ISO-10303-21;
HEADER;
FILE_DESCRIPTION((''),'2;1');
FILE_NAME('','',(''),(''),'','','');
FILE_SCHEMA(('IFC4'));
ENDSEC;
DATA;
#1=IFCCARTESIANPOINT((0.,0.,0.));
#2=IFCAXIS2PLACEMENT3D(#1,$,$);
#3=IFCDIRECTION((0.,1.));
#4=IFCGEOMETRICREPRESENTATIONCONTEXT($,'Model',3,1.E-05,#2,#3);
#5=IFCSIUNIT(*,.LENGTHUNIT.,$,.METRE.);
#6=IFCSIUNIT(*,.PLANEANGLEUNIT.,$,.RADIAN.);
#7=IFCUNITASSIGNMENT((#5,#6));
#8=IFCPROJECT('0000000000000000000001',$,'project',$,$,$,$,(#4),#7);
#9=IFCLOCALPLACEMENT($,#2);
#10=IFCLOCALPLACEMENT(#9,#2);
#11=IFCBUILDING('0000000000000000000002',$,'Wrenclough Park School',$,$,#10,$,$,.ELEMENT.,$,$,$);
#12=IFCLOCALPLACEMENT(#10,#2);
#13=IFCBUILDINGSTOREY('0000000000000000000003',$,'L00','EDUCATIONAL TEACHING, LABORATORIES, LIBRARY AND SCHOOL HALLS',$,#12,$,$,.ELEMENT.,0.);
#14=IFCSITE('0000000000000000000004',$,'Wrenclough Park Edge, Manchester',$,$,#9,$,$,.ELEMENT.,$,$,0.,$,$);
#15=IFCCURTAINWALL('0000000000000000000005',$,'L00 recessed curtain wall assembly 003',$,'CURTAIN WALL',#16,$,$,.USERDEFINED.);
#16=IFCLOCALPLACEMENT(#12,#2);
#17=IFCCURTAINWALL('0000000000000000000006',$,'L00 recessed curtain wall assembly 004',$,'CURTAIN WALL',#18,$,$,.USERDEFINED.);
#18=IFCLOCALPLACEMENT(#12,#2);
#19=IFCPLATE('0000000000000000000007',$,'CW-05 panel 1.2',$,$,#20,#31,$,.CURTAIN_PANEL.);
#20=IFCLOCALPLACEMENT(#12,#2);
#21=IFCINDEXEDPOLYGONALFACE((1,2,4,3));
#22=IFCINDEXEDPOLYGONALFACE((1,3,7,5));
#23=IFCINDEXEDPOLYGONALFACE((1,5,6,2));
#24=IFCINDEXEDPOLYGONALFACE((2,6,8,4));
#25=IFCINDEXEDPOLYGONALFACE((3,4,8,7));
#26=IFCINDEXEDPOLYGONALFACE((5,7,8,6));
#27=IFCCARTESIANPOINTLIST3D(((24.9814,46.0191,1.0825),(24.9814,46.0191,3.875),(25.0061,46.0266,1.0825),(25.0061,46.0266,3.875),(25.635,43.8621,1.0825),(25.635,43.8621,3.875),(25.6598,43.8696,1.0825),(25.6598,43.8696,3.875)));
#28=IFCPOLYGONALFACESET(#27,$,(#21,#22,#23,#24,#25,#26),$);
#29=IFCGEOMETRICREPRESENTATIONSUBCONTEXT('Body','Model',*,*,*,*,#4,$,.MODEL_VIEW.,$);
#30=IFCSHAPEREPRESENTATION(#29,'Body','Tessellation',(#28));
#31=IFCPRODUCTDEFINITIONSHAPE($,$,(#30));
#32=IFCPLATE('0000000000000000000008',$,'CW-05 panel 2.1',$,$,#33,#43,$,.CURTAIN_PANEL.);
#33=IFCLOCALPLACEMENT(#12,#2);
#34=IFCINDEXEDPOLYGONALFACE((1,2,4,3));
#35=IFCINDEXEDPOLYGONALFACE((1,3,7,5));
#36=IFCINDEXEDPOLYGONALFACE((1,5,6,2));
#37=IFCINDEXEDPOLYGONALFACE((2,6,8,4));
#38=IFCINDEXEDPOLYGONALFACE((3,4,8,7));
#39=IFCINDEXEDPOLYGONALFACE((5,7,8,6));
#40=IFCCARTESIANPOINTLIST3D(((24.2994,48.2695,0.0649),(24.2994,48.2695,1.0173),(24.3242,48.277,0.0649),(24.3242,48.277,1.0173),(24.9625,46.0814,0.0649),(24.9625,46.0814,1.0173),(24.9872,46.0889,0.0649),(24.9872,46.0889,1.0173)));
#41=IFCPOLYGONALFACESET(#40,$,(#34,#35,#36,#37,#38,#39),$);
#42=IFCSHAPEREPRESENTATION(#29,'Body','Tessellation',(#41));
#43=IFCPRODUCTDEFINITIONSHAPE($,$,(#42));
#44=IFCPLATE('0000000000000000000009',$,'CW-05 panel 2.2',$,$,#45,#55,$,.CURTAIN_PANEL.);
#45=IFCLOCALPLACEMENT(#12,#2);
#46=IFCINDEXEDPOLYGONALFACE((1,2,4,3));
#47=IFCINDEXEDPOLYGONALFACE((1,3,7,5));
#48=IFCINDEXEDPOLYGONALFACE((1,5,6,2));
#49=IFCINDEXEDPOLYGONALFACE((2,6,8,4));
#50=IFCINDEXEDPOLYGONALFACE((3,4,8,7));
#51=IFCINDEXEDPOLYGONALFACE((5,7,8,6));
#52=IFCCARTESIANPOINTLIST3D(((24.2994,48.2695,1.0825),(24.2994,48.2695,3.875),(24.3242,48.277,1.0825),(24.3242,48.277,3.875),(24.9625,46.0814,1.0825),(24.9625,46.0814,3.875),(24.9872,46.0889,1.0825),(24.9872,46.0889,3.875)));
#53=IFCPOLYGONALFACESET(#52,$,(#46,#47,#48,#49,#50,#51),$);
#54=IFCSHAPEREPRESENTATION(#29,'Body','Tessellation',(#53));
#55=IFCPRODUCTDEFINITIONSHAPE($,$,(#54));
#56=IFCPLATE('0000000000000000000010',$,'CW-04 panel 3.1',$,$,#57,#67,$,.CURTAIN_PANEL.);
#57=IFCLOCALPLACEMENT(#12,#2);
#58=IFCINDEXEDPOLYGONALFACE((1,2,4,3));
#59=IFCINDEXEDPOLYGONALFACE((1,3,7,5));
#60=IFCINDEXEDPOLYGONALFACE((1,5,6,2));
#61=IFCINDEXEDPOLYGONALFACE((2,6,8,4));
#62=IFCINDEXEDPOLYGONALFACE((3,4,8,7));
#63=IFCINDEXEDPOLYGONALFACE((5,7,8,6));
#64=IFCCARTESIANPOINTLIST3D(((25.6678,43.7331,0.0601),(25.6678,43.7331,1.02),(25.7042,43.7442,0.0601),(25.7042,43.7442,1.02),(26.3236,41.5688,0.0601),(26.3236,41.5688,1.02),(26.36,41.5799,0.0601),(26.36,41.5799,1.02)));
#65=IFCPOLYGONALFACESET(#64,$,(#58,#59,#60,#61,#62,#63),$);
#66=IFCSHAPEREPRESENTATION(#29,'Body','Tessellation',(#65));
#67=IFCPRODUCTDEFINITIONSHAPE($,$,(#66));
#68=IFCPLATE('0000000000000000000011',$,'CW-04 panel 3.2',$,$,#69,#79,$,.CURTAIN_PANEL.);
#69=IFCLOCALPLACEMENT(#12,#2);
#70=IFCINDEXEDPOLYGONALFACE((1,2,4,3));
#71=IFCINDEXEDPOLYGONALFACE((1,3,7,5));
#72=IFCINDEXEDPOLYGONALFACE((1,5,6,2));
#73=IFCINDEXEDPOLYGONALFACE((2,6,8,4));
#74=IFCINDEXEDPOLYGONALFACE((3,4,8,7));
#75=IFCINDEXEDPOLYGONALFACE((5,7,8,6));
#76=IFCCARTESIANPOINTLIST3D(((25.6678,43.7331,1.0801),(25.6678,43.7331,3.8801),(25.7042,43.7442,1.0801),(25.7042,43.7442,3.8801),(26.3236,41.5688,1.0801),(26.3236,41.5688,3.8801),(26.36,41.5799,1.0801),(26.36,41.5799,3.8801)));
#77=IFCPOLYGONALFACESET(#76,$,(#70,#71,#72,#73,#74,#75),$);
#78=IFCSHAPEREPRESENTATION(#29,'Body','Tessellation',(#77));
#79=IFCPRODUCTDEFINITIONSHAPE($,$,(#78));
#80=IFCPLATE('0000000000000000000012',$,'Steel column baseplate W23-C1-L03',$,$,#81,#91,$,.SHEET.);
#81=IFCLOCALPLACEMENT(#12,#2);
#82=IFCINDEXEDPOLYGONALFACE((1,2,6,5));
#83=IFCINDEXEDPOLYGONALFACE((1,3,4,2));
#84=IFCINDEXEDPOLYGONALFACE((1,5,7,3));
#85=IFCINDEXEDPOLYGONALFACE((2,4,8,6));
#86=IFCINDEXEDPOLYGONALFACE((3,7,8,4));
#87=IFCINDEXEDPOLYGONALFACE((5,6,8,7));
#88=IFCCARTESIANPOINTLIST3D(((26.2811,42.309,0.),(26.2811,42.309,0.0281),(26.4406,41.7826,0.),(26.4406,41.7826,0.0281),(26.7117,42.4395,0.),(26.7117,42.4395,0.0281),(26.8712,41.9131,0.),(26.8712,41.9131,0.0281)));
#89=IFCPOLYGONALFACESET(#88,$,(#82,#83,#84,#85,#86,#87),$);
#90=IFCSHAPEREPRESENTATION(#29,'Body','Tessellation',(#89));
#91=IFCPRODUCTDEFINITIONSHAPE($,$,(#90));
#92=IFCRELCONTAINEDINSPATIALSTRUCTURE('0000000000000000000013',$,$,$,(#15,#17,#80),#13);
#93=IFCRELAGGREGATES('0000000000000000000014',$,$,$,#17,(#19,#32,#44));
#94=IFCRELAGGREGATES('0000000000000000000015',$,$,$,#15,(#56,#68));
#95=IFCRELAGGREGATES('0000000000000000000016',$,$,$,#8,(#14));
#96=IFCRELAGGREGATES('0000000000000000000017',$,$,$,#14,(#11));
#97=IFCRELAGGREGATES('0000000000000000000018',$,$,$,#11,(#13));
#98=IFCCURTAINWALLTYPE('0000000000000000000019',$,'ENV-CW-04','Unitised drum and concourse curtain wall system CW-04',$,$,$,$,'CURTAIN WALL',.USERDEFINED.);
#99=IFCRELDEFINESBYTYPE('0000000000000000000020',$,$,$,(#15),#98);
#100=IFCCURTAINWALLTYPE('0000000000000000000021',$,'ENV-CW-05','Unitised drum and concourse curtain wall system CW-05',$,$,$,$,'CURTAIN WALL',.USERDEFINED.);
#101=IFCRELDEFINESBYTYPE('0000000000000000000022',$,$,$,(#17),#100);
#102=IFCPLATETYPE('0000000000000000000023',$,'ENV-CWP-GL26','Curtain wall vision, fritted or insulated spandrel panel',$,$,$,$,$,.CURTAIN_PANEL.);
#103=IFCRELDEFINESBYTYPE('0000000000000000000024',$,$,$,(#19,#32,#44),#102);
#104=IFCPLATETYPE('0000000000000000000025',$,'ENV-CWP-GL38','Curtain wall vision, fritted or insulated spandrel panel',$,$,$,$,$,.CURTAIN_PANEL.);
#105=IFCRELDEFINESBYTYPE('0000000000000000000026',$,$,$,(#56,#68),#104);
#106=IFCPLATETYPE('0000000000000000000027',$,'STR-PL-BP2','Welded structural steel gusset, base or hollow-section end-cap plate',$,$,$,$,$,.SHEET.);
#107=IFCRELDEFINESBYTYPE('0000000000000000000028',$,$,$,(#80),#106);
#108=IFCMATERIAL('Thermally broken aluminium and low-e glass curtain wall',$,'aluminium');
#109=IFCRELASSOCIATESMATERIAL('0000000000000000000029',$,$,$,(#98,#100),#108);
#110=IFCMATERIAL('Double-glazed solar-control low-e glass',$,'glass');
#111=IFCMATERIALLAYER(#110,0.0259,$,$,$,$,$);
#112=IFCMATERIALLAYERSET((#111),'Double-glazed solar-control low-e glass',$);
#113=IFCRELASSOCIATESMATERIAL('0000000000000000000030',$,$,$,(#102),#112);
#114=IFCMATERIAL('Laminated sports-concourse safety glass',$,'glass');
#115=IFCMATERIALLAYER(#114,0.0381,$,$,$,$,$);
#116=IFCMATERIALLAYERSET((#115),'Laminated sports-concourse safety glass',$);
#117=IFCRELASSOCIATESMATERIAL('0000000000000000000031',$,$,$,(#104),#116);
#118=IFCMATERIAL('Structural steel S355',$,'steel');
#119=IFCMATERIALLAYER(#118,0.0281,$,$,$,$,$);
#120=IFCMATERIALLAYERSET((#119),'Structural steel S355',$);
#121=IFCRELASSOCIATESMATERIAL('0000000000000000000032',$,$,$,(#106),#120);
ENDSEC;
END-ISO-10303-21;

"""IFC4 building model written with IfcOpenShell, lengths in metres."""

from ifc_helpers import new_model, si_unit, direction, frame, origin, origin_2d, place, context, subcontext, project, spatial, rectangle, extrude, material, layer, layer_set, type_object, element, aggregate, save


model = new_model("IFC4")

# Units and contexts
model_context = context("Model", 3, precision=1e-05, world=origin(), true_north=direction((0.0, 1.0)))
body_context = subcontext(model_context, "Body", "Model", "MODEL_VIEW")
ifc_project = project(units=[si_unit("LENGTHUNIT", "METRE"), si_unit("PLANEANGLEUNIT", "RADIAN")], contexts=[model_context])

# Site, building, storey
site_placement = place(None, origin())
site = spatial("IfcSite", under=ifc_project, at=site_placement, Name="Wrenclough Park Edge, Manchester", CompositionType="ELEMENT", RefElevation=0.0)
building_placement = place(site_placement, origin())
building = spatial("IfcBuilding", under=site, at=building_placement, Name="Wrenclough Park School", CompositionType="ELEMENT")
storey_placement = place(building_placement, origin())
storey = spatial("IfcBuildingStorey", under=building, at=storey_placement, Name="L00", Description="EDUCATIONAL TEACHING, LABORATORIES, LIBRARY AND SCHOOL HALLS", CompositionType="ELEMENT", Elevation=0.0)

# Shared definitions
ifc_material_1 = material(Name="Structural steel S355", Category="steel")

# Curtain wall
ifc_material_2 = material(Name="Thermally broken aluminium and low-e glass curtain wall", Category="aluminium")
curtain_wall_type_1 = type_object("IfcCurtainWallType", Name="ENV-CW-04", Description="Unitised drum and concourse curtain wall system CW-04", ElementType="CURTAIN WALL", PredefinedType="USERDEFINED", material=ifc_material_2)
curtain_wall_1_placement = place(storey_placement, origin())
curtain_wall_1 = element("IfcCurtainWall", 1, at=curtain_wall_1_placement, inside=storey, type_object=curtain_wall_type_1, Name="L00 recessed curtain wall assembly 003", ObjectType="CURTAIN WALL", PredefinedType="USERDEFINED")

# Curtain wall
curtain_wall_type_2 = type_object("IfcCurtainWallType", Name="ENV-CW-05", Description="Unitised drum and concourse curtain wall system CW-05", ElementType="CURTAIN WALL", PredefinedType="USERDEFINED", material=ifc_material_2)
curtain_wall_2_placement = place(storey_placement, origin())
curtain_wall_2 = element("IfcCurtainWall", 2, at=curtain_wall_2_placement, inside=storey, type_object=curtain_wall_type_2, Name="L00 recessed curtain wall assembly 004", ObjectType="CURTAIN WALL", PredefinedType="USERDEFINED")

# Plates
ifc_material_3 = material(Name="Double-glazed solar-control low-e glass", Category="glass")
ifc_layer_1 = layer(ifc_material_3, 0.0259)
ifc_layer_set_1 = layer_set([ifc_layer_1], Name="Double-glazed solar-control low-e glass")
plate_type_1 = type_object("IfcPlateType", Name="ENV-CWP-GL26", Description="Curtain wall vision, fritted or insulated spandrel panel", PredefinedType="CURTAIN_PANEL", material=ifc_layer_set_1)
plate_1_placement = place(storey_placement, frame((25.3206, 44.9443, 1.0825), z_axis=(0.0, 0.0, 1.0), x_axis=(-0.290001, 0.957026, 0.0)))
plate_1 = element("IfcPlate", 3, at=plate_1_placement, type_object=plate_type_1, Name="CW-05 panel 1.2", PredefinedType="CURTAIN_PANEL", context=body_context, shape_type="SweptSolid", body=[
    extrude(rectangle(XDim=2.2539, YDim=0.0259, at=origin_2d()), origin(), (0.0, 0.0, 1.0), 2.7925),
])
plate_2_placement = place(storey_placement, frame((24.6433, 47.1792, 0.0649), z_axis=(0.0, 0.0, 1.0), x_axis=(-0.290001, 0.957026, 0.0)))
plate_2 = element("IfcPlate", 4, at=plate_2_placement, type_object=plate_type_1, Name="CW-05 panel 2.1", PredefinedType="CURTAIN_PANEL", context=body_context, shape_type="SweptSolid", body=[
    extrude(rectangle(XDim=2.2864, YDim=0.0259, at=origin_2d()), origin(), (0.0, 0.0, 1.0), 0.9524),
])
plate_3_placement = place(storey_placement, frame((24.6433, 47.1792, 1.0825), z_axis=(0.0, 0.0, 1.0), x_axis=(-0.290001, 0.957026, 0.0)))
plate_3 = element("IfcPlate", 5, at=plate_3_placement, type_object=plate_type_1, Name="CW-05 panel 2.2", PredefinedType="CURTAIN_PANEL", context=body_context, shape_type="SweptSolid", body=[
    extrude(rectangle(XDim=2.2864, YDim=0.0259, at=origin_2d()), origin(), (0.0, 0.0, 1.0), 2.7925),
])
aggregate(curtain_wall_2, [plate_1, plate_2, plate_3])
ifc_material_4 = material(Name="Laminated sports-concourse safety glass", Category="glass")
ifc_layer_2 = layer(ifc_material_4, 0.0381)
ifc_layer_set_2 = layer_set([ifc_layer_2], Name="Laminated sports-concourse safety glass")
plate_type_2 = type_object("IfcPlateType", Name="ENV-CWP-GL38", Description="Curtain wall vision, fritted or insulated spandrel panel", PredefinedType="CURTAIN_PANEL", material=ifc_layer_set_2)
plate_4_placement = place(storey_placement, frame((26.0139, 42.6565, 0.0601), z_axis=(0.0, 0.0, 1.0), x_axis=(-0.289988, 0.95703, 0.0)))
plate_4 = element("IfcPlate", 6, at=plate_4_placement, type_object=plate_type_2, Name="CW-04 panel 3.1", PredefinedType="CURTAIN_PANEL", context=body_context, shape_type="SweptSolid", body=[
    extrude(rectangle(XDim=2.2615, YDim=0.0381, at=origin_2d()), origin(), (0.0, 0.0, 1.0), 0.96),
])
plate_5_placement = place(storey_placement, frame((26.0139, 42.6565, 1.0801), z_axis=(0.0, 0.0, 1.0), x_axis=(-0.289988, 0.95703, 0.0)))
plate_5 = element("IfcPlate", 7, at=plate_5_placement, type_object=plate_type_2, Name="CW-04 panel 3.2", PredefinedType="CURTAIN_PANEL", context=body_context, shape_type="SweptSolid", body=[
    extrude(rectangle(XDim=2.2615, YDim=0.0381, at=origin_2d()), origin(), (0.0, 0.0, 1.0), 2.8),
])
aggregate(curtain_wall_1, [plate_4, plate_5])
ifc_layer_3 = layer(ifc_material_1, 0.0281)
ifc_layer_set_3 = layer_set([ifc_layer_3], Name="Structural steel S355")
plate_type_3 = type_object("IfcPlateType", Name="STR-PL-BP2", Description="Welded structural steel gusset, base or hollow-section end-cap plate", PredefinedType="SHEET", material=ifc_layer_set_3)
plate_6_placement = place(storey_placement, frame((26.5762, 42.1111, 0.0), z_axis=(0.0, 0.0, 1.0), x_axis=(-0.290034, 0.957016, 0.0)))
element("IfcPlate", 8, at=plate_6_placement, inside=storey, type_object=plate_type_3, Name="Steel column baseplate W23-C1-L03", PredefinedType="SHEET", context=body_context, shape_type="SweptSolid", body=[
    extrude(rectangle(XDim=0.55, YDim=0.45, at=origin_2d()), origin(), (0.0, 0.0, 1.0), 0.0281),
])

save(model, "model.ifc")
